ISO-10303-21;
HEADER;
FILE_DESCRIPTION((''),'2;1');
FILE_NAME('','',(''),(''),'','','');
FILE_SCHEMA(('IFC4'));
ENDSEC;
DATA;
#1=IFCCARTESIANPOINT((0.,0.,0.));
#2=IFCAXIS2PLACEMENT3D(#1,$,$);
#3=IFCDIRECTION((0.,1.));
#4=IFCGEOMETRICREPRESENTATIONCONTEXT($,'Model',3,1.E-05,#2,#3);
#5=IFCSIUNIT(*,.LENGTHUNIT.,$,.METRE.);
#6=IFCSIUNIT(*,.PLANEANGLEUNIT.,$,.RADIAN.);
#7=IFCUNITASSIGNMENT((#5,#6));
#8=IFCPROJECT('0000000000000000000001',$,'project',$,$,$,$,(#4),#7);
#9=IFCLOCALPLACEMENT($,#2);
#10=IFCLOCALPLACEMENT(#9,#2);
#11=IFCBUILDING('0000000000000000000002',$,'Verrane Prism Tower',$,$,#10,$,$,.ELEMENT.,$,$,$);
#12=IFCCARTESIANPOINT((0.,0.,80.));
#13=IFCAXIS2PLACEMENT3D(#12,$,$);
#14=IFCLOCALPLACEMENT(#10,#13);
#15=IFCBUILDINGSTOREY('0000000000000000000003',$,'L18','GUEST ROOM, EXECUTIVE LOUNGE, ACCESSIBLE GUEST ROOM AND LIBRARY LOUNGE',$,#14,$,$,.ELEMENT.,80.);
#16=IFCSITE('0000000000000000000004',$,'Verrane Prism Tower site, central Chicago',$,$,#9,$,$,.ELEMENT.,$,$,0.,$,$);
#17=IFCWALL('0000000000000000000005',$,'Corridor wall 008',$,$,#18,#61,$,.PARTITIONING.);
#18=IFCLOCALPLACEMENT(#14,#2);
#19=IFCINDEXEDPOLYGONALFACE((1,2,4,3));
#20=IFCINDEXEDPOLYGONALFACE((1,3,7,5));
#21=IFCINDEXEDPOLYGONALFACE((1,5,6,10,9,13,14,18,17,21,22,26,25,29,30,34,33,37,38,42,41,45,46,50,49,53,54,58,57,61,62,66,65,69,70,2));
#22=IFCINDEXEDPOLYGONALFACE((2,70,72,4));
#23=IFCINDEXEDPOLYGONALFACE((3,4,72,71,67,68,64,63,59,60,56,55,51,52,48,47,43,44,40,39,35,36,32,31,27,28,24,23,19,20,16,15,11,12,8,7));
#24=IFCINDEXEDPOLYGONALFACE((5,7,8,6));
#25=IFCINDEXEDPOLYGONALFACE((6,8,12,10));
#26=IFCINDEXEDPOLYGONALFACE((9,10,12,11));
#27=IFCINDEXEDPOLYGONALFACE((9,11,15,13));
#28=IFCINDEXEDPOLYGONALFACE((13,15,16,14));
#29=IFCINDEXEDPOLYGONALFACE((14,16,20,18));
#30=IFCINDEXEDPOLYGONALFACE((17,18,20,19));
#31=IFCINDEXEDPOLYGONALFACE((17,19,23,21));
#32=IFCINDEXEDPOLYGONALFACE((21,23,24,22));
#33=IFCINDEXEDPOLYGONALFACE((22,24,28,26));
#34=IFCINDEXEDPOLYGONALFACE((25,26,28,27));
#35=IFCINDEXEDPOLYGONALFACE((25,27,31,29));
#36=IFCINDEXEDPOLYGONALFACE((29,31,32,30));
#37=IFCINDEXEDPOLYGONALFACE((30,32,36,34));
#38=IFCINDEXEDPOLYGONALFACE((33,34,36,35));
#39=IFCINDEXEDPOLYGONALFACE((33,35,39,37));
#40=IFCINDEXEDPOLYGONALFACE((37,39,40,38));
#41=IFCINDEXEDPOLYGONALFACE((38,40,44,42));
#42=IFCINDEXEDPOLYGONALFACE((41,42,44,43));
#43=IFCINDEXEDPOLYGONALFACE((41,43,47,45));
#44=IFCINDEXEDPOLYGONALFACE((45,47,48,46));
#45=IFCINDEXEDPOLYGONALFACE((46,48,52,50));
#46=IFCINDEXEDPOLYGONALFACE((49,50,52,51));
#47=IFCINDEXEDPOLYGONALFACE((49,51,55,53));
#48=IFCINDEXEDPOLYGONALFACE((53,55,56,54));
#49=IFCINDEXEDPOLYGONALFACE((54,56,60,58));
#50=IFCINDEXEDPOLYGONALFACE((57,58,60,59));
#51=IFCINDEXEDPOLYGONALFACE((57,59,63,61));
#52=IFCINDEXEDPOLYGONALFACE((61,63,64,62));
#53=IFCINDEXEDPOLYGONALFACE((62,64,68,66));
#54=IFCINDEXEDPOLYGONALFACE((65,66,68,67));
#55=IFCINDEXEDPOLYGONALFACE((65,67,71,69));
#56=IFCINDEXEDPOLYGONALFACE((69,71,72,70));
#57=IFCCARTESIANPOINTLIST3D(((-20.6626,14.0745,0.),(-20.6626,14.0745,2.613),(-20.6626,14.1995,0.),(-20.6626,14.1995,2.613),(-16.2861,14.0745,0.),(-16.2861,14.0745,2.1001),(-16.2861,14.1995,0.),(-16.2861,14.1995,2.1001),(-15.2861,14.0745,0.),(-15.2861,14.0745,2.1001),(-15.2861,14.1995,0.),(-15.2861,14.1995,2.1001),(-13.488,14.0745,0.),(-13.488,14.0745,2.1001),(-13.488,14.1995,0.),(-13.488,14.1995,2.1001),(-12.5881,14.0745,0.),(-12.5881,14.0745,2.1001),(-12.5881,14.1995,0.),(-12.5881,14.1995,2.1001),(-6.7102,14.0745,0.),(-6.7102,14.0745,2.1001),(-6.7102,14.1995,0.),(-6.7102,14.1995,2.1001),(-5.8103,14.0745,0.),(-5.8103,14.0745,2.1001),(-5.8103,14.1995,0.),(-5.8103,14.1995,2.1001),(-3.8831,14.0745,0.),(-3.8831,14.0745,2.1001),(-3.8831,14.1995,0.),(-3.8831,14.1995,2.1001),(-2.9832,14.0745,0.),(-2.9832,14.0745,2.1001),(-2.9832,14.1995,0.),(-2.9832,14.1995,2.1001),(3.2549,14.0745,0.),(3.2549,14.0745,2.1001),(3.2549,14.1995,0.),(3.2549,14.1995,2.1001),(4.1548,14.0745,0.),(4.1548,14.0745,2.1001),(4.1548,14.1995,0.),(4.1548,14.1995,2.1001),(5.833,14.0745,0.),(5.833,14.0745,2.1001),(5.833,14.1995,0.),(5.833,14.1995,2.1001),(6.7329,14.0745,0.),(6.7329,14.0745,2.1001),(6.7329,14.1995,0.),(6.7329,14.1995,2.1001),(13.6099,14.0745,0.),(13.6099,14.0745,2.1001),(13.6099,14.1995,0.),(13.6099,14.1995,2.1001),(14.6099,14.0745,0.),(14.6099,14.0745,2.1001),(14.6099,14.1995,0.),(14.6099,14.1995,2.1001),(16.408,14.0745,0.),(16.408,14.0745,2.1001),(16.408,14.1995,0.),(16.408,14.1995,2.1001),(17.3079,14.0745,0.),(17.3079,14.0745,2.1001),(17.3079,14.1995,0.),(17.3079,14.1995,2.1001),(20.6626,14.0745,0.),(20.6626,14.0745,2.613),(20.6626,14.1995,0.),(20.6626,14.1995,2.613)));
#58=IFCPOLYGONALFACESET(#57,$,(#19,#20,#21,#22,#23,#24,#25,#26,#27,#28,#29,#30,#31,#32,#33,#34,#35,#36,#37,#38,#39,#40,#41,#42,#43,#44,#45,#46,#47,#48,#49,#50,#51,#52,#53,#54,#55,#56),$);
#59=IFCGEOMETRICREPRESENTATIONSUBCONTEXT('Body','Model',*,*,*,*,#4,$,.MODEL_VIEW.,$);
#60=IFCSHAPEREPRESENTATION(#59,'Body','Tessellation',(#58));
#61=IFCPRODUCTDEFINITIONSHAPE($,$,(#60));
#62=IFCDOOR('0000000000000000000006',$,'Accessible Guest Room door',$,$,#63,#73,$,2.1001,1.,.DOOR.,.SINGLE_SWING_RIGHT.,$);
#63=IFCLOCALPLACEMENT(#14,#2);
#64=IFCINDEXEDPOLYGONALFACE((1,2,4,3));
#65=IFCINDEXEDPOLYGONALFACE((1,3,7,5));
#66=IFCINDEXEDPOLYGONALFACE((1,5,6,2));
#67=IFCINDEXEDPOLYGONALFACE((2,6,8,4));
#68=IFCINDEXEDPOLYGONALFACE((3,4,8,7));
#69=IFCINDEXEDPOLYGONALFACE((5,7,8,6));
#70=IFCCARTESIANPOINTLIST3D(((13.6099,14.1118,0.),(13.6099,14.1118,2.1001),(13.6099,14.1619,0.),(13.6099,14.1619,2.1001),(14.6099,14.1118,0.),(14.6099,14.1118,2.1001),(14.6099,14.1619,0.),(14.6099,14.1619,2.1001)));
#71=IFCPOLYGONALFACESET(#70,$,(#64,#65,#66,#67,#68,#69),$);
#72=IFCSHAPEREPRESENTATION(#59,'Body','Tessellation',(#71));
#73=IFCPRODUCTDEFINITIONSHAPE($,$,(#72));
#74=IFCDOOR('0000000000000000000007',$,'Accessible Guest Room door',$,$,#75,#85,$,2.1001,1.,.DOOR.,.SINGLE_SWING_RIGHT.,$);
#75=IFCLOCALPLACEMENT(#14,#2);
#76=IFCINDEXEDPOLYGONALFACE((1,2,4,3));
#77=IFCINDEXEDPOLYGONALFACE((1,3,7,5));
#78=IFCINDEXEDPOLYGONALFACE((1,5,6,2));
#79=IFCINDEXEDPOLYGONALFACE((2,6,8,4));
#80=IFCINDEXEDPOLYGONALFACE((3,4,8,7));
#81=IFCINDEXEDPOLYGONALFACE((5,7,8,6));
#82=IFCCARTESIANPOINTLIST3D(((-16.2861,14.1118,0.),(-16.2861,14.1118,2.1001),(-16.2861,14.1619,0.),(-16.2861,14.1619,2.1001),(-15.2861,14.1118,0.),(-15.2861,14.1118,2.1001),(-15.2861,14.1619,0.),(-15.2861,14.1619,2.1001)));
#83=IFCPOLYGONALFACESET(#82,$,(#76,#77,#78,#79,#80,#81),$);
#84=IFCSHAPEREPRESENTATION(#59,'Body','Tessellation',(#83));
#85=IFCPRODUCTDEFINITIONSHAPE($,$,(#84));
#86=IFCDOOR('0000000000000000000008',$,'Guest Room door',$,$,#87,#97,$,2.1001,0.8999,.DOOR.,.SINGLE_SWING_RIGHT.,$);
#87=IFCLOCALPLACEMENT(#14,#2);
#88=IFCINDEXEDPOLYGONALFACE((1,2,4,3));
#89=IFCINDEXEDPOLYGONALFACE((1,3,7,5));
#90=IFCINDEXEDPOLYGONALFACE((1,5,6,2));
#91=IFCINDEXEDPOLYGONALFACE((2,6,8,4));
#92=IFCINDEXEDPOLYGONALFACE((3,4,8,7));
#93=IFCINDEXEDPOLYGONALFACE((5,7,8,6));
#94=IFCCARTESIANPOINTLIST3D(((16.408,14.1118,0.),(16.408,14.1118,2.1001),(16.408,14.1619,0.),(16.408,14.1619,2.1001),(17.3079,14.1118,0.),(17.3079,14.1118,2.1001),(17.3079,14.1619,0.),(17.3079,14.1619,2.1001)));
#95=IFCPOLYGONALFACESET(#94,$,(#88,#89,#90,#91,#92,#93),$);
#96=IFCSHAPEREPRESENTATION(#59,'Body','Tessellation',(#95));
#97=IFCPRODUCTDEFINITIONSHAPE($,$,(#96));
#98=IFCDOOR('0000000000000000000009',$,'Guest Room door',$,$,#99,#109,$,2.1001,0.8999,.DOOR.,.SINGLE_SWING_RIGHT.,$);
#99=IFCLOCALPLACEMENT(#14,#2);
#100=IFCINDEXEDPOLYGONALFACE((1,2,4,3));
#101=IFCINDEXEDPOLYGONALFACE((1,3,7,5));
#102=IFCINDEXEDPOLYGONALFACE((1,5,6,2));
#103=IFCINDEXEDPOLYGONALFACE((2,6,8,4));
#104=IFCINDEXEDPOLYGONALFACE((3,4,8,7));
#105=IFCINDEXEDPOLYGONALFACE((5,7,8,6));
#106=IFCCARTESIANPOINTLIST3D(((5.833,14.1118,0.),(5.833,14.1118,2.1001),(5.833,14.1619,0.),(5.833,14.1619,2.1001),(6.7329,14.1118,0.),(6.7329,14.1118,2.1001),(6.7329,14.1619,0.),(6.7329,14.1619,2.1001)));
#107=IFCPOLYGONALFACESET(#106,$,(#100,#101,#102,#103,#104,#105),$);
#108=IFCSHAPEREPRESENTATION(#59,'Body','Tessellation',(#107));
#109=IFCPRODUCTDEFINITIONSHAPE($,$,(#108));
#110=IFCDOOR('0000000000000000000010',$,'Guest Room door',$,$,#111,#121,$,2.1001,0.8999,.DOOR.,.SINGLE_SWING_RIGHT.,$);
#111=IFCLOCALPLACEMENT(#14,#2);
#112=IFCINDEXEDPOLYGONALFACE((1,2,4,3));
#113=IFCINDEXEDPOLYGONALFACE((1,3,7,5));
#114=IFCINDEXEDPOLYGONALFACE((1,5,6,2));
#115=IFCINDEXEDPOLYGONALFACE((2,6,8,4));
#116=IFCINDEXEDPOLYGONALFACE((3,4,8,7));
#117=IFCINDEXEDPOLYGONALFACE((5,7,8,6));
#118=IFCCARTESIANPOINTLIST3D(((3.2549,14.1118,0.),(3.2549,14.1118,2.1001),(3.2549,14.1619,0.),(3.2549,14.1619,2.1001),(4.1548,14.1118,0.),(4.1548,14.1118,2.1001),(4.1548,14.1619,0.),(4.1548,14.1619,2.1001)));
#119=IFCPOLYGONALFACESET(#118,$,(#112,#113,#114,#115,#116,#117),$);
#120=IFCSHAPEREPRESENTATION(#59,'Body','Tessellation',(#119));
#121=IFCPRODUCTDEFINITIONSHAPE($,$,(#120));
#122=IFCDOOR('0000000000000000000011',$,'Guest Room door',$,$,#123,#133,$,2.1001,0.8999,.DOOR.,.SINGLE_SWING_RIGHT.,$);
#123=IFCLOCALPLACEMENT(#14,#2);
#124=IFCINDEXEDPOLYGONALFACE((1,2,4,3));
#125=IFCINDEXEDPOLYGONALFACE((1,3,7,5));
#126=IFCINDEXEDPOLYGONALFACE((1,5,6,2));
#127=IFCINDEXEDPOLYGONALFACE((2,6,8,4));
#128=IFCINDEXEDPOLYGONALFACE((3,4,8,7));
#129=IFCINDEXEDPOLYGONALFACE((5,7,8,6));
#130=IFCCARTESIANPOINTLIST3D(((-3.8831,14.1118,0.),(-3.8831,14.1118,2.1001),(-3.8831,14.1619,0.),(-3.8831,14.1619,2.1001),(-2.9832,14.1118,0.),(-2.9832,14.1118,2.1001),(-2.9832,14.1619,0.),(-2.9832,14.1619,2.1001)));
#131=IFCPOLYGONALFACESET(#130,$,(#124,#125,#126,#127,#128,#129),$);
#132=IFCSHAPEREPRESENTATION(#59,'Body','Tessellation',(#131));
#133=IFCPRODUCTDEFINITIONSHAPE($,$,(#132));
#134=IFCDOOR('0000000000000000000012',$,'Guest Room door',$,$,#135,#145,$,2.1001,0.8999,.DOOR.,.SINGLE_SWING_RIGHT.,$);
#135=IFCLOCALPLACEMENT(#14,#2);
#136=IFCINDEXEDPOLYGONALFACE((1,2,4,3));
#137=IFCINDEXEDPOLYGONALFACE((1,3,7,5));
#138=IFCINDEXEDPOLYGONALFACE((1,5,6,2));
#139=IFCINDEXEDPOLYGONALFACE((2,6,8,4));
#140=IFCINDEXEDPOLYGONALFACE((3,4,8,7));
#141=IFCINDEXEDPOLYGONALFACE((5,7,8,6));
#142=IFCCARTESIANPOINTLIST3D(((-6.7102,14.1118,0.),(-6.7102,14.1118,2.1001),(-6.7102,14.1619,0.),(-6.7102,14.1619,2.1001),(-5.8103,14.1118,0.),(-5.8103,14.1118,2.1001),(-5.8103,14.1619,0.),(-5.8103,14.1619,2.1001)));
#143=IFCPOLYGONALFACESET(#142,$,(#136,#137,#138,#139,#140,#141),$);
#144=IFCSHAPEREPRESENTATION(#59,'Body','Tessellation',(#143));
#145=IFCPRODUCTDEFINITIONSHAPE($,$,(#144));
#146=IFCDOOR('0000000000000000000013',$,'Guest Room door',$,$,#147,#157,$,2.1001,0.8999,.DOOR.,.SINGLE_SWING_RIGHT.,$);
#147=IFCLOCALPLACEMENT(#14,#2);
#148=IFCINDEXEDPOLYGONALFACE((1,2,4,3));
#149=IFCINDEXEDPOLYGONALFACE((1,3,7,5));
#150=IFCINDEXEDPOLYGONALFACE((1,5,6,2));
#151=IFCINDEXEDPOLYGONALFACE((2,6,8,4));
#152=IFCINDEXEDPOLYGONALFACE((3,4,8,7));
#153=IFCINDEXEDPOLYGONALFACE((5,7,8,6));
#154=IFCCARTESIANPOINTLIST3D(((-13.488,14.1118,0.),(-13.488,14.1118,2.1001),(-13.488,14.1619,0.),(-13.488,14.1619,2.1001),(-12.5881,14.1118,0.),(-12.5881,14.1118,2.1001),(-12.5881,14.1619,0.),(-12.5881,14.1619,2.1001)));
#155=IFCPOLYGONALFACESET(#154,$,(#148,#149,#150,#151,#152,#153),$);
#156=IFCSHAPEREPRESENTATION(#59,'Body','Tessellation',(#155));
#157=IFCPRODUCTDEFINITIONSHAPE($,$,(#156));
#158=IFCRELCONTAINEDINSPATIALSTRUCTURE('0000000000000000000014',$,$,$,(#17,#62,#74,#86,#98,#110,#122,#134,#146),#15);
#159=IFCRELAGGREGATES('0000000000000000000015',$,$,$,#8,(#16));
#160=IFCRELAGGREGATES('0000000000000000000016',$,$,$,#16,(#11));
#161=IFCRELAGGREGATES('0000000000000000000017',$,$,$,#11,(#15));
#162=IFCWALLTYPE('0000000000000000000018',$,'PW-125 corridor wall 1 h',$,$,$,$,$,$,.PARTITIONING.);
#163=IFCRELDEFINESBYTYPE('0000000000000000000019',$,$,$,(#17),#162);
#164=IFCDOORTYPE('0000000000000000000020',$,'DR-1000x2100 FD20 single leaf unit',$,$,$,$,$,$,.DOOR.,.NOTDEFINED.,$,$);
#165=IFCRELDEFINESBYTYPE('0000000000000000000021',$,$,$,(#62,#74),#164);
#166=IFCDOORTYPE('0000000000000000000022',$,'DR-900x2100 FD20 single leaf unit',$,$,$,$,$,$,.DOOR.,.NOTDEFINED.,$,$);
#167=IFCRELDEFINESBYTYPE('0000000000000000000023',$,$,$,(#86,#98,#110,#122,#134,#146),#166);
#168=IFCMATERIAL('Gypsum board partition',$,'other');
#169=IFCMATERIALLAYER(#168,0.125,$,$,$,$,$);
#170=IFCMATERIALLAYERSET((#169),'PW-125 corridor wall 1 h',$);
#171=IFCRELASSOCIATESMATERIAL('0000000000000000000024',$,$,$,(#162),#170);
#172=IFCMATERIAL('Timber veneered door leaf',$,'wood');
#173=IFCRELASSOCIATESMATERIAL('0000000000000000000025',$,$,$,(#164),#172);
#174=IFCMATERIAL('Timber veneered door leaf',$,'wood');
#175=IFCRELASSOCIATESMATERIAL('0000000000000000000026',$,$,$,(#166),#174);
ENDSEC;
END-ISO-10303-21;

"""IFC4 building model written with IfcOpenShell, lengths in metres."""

from ifc_helpers import new_model, si_unit, direction, frame, frame_2d, origin, place, context, subcontext, project, spatial, rectangle, extrude, material, layer, layer_set, type_object, element, fill, save


model = new_model("IFC4")

# Units and contexts
model_context = context("Model", 3, precision=1e-05, world=origin(), true_north=direction((0.0, 1.0)))
body_context = subcontext(model_context, "Body", "Model", "MODEL_VIEW")
ifc_project = project(units=[si_unit("LENGTHUNIT", "METRE"), si_unit("PLANEANGLEUNIT", "RADIAN")], contexts=[model_context])

# Site, building, storey
site_placement = place(None, origin())
site = spatial("IfcSite", under=ifc_project, at=site_placement, Name="Verrane Prism Tower site, central Chicago", CompositionType="ELEMENT", RefElevation=0.0)
building_placement = place(site_placement, origin())
building = spatial("IfcBuilding", under=site, at=building_placement, Name="Verrane Prism Tower", CompositionType="ELEMENT")
storey_placement = place(building_placement, frame((0.0, 0.0, 80.0)))
storey = spatial("IfcBuildingStorey", under=building, at=storey_placement, Name="L18", Description="GUEST ROOM, EXECUTIVE LOUNGE, ACCESSIBLE GUEST ROOM AND LIBRARY LOUNGE", CompositionType="ELEMENT", Elevation=80.0)

# Wall, openings, doors
ifc_material_1 = material(Name="Gypsum board partition", Category="other")
ifc_layer_1 = layer(ifc_material_1, 0.125)
ifc_layer_set_1 = layer_set([ifc_layer_1], Name="PW-125 corridor wall 1 h")
wall_type = type_object("IfcWallType", Name="PW-125 corridor wall 1 h", PredefinedType="PARTITIONING", material=ifc_layer_set_1)
wall_placement = place(storey_placement, frame((-20.6626, 14.137, 0.0), z_axis=(0.0, 0.0, 1.0), x_axis=(1.0, 0.0, 0.0)))
wall = element("IfcWall", 1, at=wall_placement, inside=storey, type_object=wall_type, Name="Corridor wall 008", PredefinedType="PARTITIONING", context=body_context, shape_type="SweptSolid", body=[
    extrude(rectangle(XDim=41.3252, YDim=0.125, at=frame_2d((20.6626, 0.0))), origin(), (0.0, 0.0, 1.0), 2.613),
])
opening_1_placement = place(wall_placement, frame((37.0706, 0.0, 0.0)))
opening_1 = element("IfcOpeningElement", 2, at=opening_1_placement, cuts=wall, PredefinedType="OPENING", context=body_context, shape_type="SweptSolid", body=[
    extrude(rectangle(XDim=0.8999, YDim=2.1001, at=frame_2d((0.45, 1.05))), frame((0.0, 0.0725, 0.0), z_axis=(0.0, -1.0, 0.0), x_axis=(1.0, 0.0, 0.0)), (0.0, 0.0, 1.0), 0.145),
])
opening_2_placement = place(wall_placement, frame((34.2725, 0.0, 0.0)))
opening_2 = element("IfcOpeningElement", 3, at=opening_2_placement, cuts=wall, PredefinedType="OPENING", context=body_context, shape_type="SweptSolid", body=[
    extrude(rectangle(XDim=1.0, YDim=2.1001, at=frame_2d((0.5, 1.05))), frame((0.0, 0.0725, 0.0), z_axis=(0.0, -1.0, 0.0), x_axis=(1.0, 0.0, 0.0)), (0.0, 0.0, 1.0), 0.145),
])
opening_3_placement = place(wall_placement, frame((26.4956, 0.0, 0.0)))
opening_3 = element("IfcOpeningElement", 4, at=opening_3_placement, cuts=wall, PredefinedType="OPENING", context=body_context, shape_type="SweptSolid", body=[
    extrude(rectangle(XDim=0.8999, YDim=2.1001, at=frame_2d((0.45, 1.05))), frame((0.0, 0.0725, 0.0), z_axis=(0.0, -1.0, 0.0), x_axis=(1.0, 0.0, 0.0)), (0.0, 0.0, 1.0), 0.145),
])
opening_4_placement = place(wall_placement, frame((23.9175, 0.0, 0.0)))
opening_4 = element("IfcOpeningElement", 5, at=opening_4_placement, cuts=wall, PredefinedType="OPENING", context=body_context, shape_type="SweptSolid", body=[
    extrude(rectangle(XDim=0.8999, YDim=2.1001, at=frame_2d((0.45, 1.05))), frame((0.0, 0.0725, 0.0), z_axis=(0.0, -1.0, 0.0), x_axis=(1.0, 0.0, 0.0)), (0.0, 0.0, 1.0), 0.145),
])
opening_5_placement = place(wall_placement, frame((16.7795, 0.0, 0.0)))
opening_5 = element("IfcOpeningElement", 6, at=opening_5_placement, cuts=wall, PredefinedType="OPENING", context=body_context, shape_type="SweptSolid", body=[
    extrude(rectangle(XDim=0.8999, YDim=2.1001, at=frame_2d((0.45, 1.05))), frame((0.0, 0.0725, 0.0), z_axis=(0.0, -1.0, 0.0), x_axis=(1.0, 0.0, 0.0)), (0.0, 0.0, 1.0), 0.145),
])
opening_6_placement = place(wall_placement, frame((13.9524, 0.0, 0.0)))
opening_6 = element("IfcOpeningElement", 7, at=opening_6_placement, cuts=wall, PredefinedType="OPENING", context=body_context, shape_type="SweptSolid", body=[
    extrude(rectangle(XDim=0.8999, YDim=2.1001, at=frame_2d((0.45, 1.05))), frame((0.0, 0.0725, 0.0), z_axis=(0.0, -1.0, 0.0), x_axis=(1.0, 0.0, 0.0)), (0.0, 0.0, 1.0), 0.145),
])
opening_7_placement = place(wall_placement, frame((7.1746, 0.0, 0.0)))
opening_7 = element("IfcOpeningElement", 8, at=opening_7_placement, cuts=wall, PredefinedType="OPENING", context=body_context, shape_type="SweptSolid", body=[
    extrude(rectangle(XDim=0.8999, YDim=2.1001, at=frame_2d((0.45, 1.05))), frame((0.0, 0.0725, 0.0), z_axis=(0.0, -1.0, 0.0), x_axis=(1.0, 0.0, 0.0)), (0.0, 0.0, 1.0), 0.145),
])
opening_8_placement = place(wall_placement, frame((4.3765, 0.0, 0.0)))
opening_8 = element("IfcOpeningElement", 9, at=opening_8_placement, cuts=wall, PredefinedType="OPENING", context=body_context, shape_type="SweptSolid", body=[
    extrude(rectangle(XDim=1.0, YDim=2.1001, at=frame_2d((0.5, 1.05))), frame((0.0, 0.0725, 0.0), z_axis=(0.0, -1.0, 0.0), x_axis=(1.0, 0.0, 0.0)), (0.0, 0.0, 1.0), 0.145),
])
ifc_material_2 = material(Name="Timber veneered door leaf", Category="wood")
door_type_1 = type_object("IfcDoorType", Name="DR-1000x2100 FD20 single leaf unit", OperationType="NOTDEFINED", PredefinedType="DOOR", material=ifc_material_2)
door_1_placement = place(opening_2_placement, origin())
door_1 = element("IfcDoor", 10, at=door_1_placement, inside=storey, type_object=door_type_1, Name="Accessible Guest Room door", OperationType="SINGLE_SWING_RIGHT", OverallHeight=2.1001, OverallWidth=1.0, PredefinedType="DOOR", context=body_context, shape_type="SweptSolid", body=[
    extrude(rectangle(XDim=1.0, YDim=2.1001, at=frame_2d((0.5, 1.05))), frame((0.0, 0.0249, 0.0), z_axis=(0.0, -1.0, 0.0), x_axis=(1.0, 0.0, 0.0)), (0.0, 0.0, 1.0), 0.05),
])
fill(opening_2, door_1)
door_2_placement = place(opening_8_placement, origin())
door_2 = element("IfcDoor", 11, at=door_2_placement, inside=storey, type_object=door_type_1, Name="Accessible Guest Room door", OperationType="SINGLE_SWING_RIGHT", OverallHeight=2.1001, OverallWidth=1.0, PredefinedType="DOOR", context=body_context, shape_type="SweptSolid", body=[
    extrude(rectangle(XDim=1.0, YDim=2.1001, at=frame_2d((0.5, 1.05))), frame((0.0, 0.0249, 0.0), z_axis=(0.0, -1.0, 0.0), x_axis=(1.0, 0.0, 0.0)), (0.0, 0.0, 1.0), 0.05),
])
fill(opening_8, door_2)
ifc_material_3 = material(Name="Timber veneered door leaf", Category="wood")
door_type_2 = type_object("IfcDoorType", Name="DR-900x2100 FD20 single leaf unit", OperationType="NOTDEFINED", PredefinedType="DOOR", material=ifc_material_3)
door_3_placement = place(opening_1_placement, origin())
door_3 = element("IfcDoor", 12, at=door_3_placement, inside=storey, type_object=door_type_2, Name="Guest Room door", OperationType="SINGLE_SWING_RIGHT", OverallHeight=2.1001, OverallWidth=0.8999, PredefinedType="DOOR", context=body_context, shape_type="SweptSolid", body=[
    extrude(rectangle(XDim=0.8999, YDim=2.1001, at=frame_2d((0.45, 1.05))), frame((0.0, 0.0249, 0.0), z_axis=(0.0, -1.0, 0.0), x_axis=(1.0, 0.0, 0.0)), (0.0, 0.0, 1.0), 0.05),
])
fill(opening_1, door_3)
door_4_placement = place(opening_3_placement, origin())
door_4 = element("IfcDoor", 13, at=door_4_placement, inside=storey, type_object=door_type_2, Name="Guest Room door", OperationType="SINGLE_SWING_RIGHT", OverallHeight=2.1001, OverallWidth=0.8999, PredefinedType="DOOR", context=body_context, shape_type="SweptSolid", body=[
    extrude(rectangle(XDim=0.8999, YDim=2.1001, at=frame_2d((0.45, 1.05))), frame((0.0, 0.0249, 0.0), z_axis=(0.0, -1.0, 0.0), x_axis=(1.0, 0.0, 0.0)), (0.0, 0.0, 1.0), 0.05),
])
fill(opening_3, door_4)
door_5_placement = place(opening_4_placement, origin())
door_5 = element("IfcDoor", 14, at=door_5_placement, inside=storey, type_object=door_type_2, Name="Guest Room door", OperationType="SINGLE_SWING_RIGHT", OverallHeight=2.1001, OverallWidth=0.8999, PredefinedType="DOOR", context=body_context, shape_type="SweptSolid", body=[
    extrude(rectangle(XDim=0.8999, YDim=2.1001, at=frame_2d((0.45, 1.05))), frame((0.0, 0.0249, 0.0), z_axis=(0.0, -1.0, 0.0), x_axis=(1.0, 0.0, 0.0)), (0.0, 0.0, 1.0), 0.05),
])
fill(opening_4, door_5)
door_6_placement = place(opening_5_placement, origin())
door_6 = element("IfcDoor", 15, at=door_6_placement, inside=storey, type_object=door_type_2, Name="Guest Room door", OperationType="SINGLE_SWING_RIGHT", OverallHeight=2.1001, OverallWidth=0.8999, PredefinedType="DOOR", context=body_context, shape_type="SweptSolid", body=[
    extrude(rectangle(XDim=0.8999, YDim=2.1001, at=frame_2d((0.45, 1.05))), frame((0.0, 0.0249, 0.0), z_axis=(0.0, -1.0, 0.0), x_axis=(1.0, 0.0, 0.0)), (0.0, 0.0, 1.0), 0.05),
])
fill(opening_5, door_6)
door_7_placement = place(opening_6_placement, origin())
door_7 = element("IfcDoor", 16, at=door_7_placement, inside=storey, type_object=door_type_2, Name="Guest Room door", OperationType="SINGLE_SWING_RIGHT", OverallHeight=2.1001, OverallWidth=0.8999, PredefinedType="DOOR", context=body_context, shape_type="SweptSolid", body=[
    extrude(rectangle(XDim=0.8999, YDim=2.1001, at=frame_2d((0.45, 1.05))), frame((0.0, 0.0249, 0.0), z_axis=(0.0, -1.0, 0.0), x_axis=(1.0, 0.0, 0.0)), (0.0, 0.0, 1.0), 0.05),
])
fill(opening_6, door_7)
door_8_placement = place(opening_7_placement, origin())
door_8 = element("IfcDoor", 17, at=door_8_placement, inside=storey, type_object=door_type_2, Name="Guest Room door", OperationType="SINGLE_SWING_RIGHT", OverallHeight=2.1001, OverallWidth=0.8999, PredefinedType="DOOR", context=body_context, shape_type="SweptSolid", body=[
    extrude(rectangle(XDim=0.8999, YDim=2.1001, at=frame_2d((0.45, 1.05))), frame((0.0, 0.0249, 0.0), z_axis=(0.0, -1.0, 0.0), x_axis=(1.0, 0.0, 0.0)), (0.0, 0.0, 1.0), 0.05),
])
fill(opening_7, door_8)

save(model, "model.ifc")
